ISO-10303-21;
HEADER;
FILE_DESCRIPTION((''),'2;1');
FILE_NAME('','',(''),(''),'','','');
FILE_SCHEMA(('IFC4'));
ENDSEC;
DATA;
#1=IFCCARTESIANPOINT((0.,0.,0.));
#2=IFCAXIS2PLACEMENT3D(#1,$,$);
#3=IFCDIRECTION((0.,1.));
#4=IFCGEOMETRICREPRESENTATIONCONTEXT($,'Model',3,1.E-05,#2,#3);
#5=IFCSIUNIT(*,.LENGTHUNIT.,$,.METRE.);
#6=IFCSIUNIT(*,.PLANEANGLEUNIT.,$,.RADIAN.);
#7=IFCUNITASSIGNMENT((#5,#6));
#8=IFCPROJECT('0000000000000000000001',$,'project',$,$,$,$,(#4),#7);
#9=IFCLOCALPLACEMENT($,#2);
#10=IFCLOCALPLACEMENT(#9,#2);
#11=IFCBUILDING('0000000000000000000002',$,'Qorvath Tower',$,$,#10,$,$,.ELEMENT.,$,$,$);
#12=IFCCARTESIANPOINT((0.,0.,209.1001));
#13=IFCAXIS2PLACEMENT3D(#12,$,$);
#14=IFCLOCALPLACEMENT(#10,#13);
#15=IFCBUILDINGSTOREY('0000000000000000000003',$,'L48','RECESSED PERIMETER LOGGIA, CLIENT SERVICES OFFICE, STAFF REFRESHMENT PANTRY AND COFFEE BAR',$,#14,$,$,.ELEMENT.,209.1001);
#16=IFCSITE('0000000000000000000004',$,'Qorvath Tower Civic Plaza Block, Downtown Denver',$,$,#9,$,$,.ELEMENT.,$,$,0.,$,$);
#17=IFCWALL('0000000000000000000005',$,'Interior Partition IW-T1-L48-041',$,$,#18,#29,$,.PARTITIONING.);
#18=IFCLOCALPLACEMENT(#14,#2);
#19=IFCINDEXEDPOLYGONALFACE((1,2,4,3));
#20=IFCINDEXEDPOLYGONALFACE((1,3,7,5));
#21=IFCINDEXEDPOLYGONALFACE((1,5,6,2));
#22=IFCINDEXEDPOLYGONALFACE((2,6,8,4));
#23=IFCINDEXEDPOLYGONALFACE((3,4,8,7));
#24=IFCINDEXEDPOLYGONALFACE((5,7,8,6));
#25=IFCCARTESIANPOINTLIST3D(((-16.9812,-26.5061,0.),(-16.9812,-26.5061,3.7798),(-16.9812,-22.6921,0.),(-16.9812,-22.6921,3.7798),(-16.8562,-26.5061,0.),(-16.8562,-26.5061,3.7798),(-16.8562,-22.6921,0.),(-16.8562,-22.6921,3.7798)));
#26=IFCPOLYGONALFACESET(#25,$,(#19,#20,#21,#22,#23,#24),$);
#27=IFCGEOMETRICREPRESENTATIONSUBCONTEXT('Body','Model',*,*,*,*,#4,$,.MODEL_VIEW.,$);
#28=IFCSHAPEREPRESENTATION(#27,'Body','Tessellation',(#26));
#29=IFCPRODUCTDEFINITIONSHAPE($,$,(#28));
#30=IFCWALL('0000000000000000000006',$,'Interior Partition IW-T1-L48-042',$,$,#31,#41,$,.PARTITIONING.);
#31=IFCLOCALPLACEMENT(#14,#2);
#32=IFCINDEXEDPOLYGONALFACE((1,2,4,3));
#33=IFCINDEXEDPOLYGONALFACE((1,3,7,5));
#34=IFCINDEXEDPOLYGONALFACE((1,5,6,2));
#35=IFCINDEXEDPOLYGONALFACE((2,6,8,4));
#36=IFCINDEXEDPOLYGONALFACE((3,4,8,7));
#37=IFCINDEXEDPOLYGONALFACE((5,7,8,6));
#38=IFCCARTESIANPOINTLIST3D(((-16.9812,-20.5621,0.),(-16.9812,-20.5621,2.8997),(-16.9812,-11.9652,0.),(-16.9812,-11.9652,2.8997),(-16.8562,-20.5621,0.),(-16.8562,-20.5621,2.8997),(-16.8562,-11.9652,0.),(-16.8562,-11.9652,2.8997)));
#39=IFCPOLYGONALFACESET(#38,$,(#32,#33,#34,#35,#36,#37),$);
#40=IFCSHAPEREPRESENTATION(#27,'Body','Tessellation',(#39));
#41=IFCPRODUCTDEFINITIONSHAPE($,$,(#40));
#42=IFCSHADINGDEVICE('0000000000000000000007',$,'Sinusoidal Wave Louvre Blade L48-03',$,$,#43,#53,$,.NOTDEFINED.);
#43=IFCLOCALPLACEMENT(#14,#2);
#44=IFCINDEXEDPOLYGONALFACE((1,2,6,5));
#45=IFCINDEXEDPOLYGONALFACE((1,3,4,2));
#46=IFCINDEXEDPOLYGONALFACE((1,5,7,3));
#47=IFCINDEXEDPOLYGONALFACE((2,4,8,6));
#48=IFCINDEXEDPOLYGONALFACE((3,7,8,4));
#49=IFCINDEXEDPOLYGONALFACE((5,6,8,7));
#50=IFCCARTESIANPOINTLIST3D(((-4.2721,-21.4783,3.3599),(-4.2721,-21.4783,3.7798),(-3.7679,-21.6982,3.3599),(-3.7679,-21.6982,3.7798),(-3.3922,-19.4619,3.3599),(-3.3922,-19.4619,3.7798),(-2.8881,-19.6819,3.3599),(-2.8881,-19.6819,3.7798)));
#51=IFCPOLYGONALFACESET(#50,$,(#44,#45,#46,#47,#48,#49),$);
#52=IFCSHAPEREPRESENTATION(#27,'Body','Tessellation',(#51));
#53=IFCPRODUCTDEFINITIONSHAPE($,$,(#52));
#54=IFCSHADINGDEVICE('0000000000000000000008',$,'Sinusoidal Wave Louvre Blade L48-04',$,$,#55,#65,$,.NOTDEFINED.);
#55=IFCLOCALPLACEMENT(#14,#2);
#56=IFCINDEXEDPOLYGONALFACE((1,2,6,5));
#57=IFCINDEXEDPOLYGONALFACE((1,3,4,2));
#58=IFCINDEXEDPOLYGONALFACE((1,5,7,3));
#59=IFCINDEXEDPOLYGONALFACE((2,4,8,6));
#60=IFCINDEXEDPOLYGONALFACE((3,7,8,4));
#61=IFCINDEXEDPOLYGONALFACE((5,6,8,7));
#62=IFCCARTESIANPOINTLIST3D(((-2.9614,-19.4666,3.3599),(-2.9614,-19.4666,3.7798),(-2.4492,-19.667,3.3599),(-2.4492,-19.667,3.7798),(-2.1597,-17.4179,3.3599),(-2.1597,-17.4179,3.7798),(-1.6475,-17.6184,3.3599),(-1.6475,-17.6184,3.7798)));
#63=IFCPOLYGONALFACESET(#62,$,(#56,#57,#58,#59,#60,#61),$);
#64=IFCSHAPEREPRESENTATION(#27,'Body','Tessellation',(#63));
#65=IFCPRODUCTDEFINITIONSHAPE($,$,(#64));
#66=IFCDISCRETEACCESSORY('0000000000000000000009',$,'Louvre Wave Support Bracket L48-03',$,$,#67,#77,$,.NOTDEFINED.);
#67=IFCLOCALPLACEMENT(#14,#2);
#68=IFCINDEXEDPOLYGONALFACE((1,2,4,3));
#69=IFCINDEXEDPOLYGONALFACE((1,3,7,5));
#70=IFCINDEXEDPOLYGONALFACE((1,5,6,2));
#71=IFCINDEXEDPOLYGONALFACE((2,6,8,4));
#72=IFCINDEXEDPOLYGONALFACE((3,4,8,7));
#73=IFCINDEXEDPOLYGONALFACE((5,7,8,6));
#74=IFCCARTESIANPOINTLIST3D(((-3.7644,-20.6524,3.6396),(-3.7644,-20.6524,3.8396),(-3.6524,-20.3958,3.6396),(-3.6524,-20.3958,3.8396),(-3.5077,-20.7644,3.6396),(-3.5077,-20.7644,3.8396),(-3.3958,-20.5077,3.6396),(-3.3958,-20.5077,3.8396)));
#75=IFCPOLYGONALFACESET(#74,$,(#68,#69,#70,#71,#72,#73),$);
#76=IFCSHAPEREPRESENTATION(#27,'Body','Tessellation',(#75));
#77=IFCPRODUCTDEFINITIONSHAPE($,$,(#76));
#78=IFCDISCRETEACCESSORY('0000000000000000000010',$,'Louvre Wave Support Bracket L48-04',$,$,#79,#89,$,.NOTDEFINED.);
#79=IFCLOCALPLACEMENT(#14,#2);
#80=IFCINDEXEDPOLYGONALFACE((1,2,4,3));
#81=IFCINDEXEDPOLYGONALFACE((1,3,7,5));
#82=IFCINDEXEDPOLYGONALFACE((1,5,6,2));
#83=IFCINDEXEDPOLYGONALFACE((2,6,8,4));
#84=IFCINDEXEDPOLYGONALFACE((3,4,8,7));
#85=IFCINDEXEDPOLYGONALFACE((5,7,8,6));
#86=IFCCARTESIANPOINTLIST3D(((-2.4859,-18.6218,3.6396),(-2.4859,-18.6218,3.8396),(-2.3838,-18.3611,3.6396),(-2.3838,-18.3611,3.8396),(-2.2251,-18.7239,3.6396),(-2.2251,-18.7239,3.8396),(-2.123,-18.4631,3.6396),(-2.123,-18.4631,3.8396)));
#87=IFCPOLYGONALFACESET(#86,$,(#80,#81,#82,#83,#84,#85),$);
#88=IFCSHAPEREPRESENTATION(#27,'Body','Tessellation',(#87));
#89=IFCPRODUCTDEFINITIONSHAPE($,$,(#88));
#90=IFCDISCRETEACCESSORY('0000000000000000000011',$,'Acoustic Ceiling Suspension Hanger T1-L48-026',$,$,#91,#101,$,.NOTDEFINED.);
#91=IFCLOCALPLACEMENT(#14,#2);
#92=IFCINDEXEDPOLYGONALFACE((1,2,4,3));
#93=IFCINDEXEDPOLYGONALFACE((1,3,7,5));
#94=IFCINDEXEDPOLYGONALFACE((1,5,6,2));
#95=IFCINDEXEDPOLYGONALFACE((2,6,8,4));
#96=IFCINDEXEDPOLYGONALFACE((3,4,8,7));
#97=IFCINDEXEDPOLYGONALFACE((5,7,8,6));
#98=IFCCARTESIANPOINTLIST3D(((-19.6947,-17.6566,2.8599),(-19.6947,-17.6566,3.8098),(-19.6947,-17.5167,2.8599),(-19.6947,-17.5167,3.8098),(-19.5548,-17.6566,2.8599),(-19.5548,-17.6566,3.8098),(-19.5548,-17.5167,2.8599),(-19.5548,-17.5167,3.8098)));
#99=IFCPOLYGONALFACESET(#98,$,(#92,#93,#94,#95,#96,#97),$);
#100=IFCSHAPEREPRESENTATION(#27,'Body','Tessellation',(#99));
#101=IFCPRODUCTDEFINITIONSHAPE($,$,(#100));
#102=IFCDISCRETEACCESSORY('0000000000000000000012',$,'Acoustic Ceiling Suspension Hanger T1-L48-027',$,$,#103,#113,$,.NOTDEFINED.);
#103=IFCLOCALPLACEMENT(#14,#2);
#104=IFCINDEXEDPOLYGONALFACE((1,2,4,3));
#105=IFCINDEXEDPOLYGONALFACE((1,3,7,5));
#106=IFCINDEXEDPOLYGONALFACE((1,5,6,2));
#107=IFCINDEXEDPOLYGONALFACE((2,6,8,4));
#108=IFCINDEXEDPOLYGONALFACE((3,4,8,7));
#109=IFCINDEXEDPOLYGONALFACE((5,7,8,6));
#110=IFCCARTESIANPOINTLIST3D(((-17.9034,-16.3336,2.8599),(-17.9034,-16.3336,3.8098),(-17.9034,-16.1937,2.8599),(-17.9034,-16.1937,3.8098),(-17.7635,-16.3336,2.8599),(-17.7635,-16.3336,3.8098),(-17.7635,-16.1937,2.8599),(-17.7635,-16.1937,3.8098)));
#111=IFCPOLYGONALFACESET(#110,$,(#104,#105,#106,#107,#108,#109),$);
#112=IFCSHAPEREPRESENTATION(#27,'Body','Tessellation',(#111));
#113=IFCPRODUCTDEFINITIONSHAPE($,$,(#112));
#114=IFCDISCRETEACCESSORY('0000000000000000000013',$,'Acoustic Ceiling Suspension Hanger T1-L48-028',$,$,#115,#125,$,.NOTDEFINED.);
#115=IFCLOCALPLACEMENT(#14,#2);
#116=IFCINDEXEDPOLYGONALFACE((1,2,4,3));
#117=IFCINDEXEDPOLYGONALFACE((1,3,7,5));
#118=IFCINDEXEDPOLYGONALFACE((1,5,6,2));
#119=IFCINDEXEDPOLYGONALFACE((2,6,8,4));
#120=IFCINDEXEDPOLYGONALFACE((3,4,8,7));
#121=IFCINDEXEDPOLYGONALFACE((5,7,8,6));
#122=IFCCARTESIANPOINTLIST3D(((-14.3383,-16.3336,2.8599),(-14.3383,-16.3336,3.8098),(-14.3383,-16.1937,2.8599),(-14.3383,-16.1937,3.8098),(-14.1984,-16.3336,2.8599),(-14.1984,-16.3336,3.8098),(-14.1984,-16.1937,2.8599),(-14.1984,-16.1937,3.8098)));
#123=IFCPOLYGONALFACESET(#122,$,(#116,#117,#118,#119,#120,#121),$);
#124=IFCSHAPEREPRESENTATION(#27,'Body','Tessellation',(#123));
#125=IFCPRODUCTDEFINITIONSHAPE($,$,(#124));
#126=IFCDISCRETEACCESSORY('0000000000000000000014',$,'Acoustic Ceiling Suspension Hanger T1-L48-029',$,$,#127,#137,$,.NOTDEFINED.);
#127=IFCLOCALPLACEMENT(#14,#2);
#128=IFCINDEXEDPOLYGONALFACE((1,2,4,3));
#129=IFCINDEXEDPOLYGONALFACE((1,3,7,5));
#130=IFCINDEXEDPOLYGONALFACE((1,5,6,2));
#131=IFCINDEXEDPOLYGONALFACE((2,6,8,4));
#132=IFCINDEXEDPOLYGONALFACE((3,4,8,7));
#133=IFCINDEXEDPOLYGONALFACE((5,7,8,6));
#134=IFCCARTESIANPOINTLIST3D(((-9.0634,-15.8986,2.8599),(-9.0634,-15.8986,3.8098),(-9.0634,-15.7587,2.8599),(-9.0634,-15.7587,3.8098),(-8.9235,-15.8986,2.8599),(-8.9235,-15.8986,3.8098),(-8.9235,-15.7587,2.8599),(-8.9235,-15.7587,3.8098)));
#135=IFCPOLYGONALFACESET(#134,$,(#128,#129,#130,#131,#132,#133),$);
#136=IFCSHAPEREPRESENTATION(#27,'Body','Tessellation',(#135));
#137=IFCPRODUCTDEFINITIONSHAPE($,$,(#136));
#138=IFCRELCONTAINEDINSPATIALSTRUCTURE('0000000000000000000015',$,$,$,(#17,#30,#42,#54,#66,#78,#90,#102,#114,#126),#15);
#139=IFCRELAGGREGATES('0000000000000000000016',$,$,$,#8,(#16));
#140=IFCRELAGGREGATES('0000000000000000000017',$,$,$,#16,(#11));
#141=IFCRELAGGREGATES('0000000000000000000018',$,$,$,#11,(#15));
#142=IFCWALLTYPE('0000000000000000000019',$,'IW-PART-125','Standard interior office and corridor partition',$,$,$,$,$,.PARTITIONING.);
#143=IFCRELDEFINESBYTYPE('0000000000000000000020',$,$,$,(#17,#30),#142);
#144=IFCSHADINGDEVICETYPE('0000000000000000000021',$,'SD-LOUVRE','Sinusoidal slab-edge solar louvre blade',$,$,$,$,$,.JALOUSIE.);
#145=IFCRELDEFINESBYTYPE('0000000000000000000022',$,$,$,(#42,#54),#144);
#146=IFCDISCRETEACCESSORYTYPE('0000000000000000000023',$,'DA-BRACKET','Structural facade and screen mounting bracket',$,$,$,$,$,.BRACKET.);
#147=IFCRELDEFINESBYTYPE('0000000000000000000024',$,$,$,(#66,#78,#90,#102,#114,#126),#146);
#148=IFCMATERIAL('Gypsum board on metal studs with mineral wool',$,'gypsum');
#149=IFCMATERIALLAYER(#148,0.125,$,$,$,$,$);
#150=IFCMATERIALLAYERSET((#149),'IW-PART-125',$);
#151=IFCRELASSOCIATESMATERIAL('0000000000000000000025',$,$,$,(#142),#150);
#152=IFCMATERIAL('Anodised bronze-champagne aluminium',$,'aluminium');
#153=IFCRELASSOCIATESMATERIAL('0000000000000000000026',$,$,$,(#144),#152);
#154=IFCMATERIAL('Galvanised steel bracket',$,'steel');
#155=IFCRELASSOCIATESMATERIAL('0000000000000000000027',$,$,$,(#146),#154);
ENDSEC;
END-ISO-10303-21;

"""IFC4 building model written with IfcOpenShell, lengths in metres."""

from ifc_helpers import new_model, si_unit, direction, frame, frame_2d, origin, origin_2d, place, context, subcontext, project, spatial, rectangle, extrude, material, layer, layer_set, type_object, element, save


model = new_model("IFC4")

# Units and contexts
model_context = context("Model", 3, precision=1e-05, world=origin(), true_north=direction((0.0, 1.0)))
body_context = subcontext(model_context, "Body", "Model", "MODEL_VIEW")
ifc_project = project(units=[si_unit("LENGTHUNIT", "METRE"), si_unit("PLANEANGLEUNIT", "RADIAN")], contexts=[model_context])

# Site, building, storey
site_placement = place(None, origin())
site = spatial("IfcSite", under=ifc_project, at=site_placement, Name="Qorvath Tower Civic Plaza Block, Downtown Denver", CompositionType="ELEMENT", RefElevation=0.0)
building_placement = place(site_placement, origin())
building = spatial("IfcBuilding", under=site, at=building_placement, Name="Qorvath Tower", CompositionType="ELEMENT")
storey_placement = place(building_placement, frame((0.0, 0.0, 209.1001)))
storey = spatial("IfcBuildingStorey", under=building, at=storey_placement, Name="L48", Description="RECESSED PERIMETER LOGGIA, CLIENT SERVICES OFFICE, STAFF REFRESHMENT PANTRY AND COFFEE BAR", CompositionType="ELEMENT", Elevation=209.1001)

# Walls
ifc_material_1 = material(Name="Gypsum board on metal studs with mineral wool", Category="gypsum")
ifc_layer_1 = layer(ifc_material_1, 0.125)
ifc_layer_set_1 = layer_set([ifc_layer_1], Name="IW-PART-125")
wall_type = type_object("IfcWallType", Name="IW-PART-125", Description="Standard interior office and corridor partition", PredefinedType="PARTITIONING", material=ifc_layer_set_1)
wall_1_placement = place(storey_placement, frame((-16.9187, -26.5061, 0.0), z_axis=(0.0, 0.0, 1.0), x_axis=(0.0, 1.0, 0.0)))
element("IfcWall", 1, at=wall_1_placement, inside=storey, type_object=wall_type, Name="Interior Partition IW-T1-L48-041", PredefinedType="PARTITIONING", context=body_context, shape_type="SweptSolid", body=[
    extrude(rectangle(XDim=3.814, YDim=0.125, at=frame_2d((1.907, 0.0))), origin(), (0.0, 0.0, 1.0), 3.7798),
])
wall_2_placement = place(storey_placement, frame((-16.9187, -20.562, 0.0), z_axis=(0.0, 0.0, 1.0), x_axis=(0.0, 1.0, 0.0)))
element("IfcWall", 2, at=wall_2_placement, inside=storey, type_object=wall_type, Name="Interior Partition IW-T1-L48-042", PredefinedType="PARTITIONING", context=body_context, shape_type="SweptSolid", body=[
    extrude(rectangle(XDim=8.5969, YDim=0.125, at=frame_2d((4.2983, 0.0))), origin(), (0.0, 0.0, 1.0), 2.8997),
])

# Shading devices
ifc_material_2 = material(Name="Anodised bronze-champagne aluminium", Category="aluminium")
shading_device_type = type_object("IfcShadingDeviceType", Name="SD-LOUVRE", Description="Sinusoidal slab-edge solar louvre blade", PredefinedType="JALOUSIE", material=ifc_material_2)
for number, where, z_axis, x_axis, name in (
    (3, (-3.5801, -20.5801, 3.3599), (0.0, 0.0, 1.0), (0.399928, 0.916546, 0.0), "Sinusoidal Wave Louvre Blade L48-03"),
    (4, (-2.3044, -18.5425, 3.3599), (0.0, 0.0, 1.0), (0.364431, 0.93123, 0.0), "Sinusoidal Wave Louvre Blade L48-04"),
):
    element("IfcShadingDevice", number, at=place(storey_placement, frame(where, z_axis=z_axis, x_axis=x_axis)), inside=storey, type_object=shading_device_type, Name=name, PredefinedType="NOTDEFINED", context=body_context, shape_type="SweptSolid", body=[
        extrude(rectangle(XDim=2.2, YDim=0.55, at=origin_2d()), origin(), (0.0, 0.0, 1.0), 0.4199),
    ])

# Discrete accessories
ifc_material_3 = material(Name="Galvanised steel bracket", Category="steel")
discrete_accessory_type = type_object("IfcDiscreteAccessoryType", Name="DA-BRACKET", Description="Structural facade and screen mounting bracket", PredefinedType="BRACKET", material=ifc_material_3)
for number, where, z_axis, x_axis, name in (
    (5, (-3.5801, -20.5801, 3.6396), (0.0, 0.0, 1.0), (0.399928, 0.916546, 0.0), "Louvre Wave Support Bracket L48-03"),
    (6, (-2.3044, -18.5425, 3.6396), (0.0, 0.0, 1.0), (0.364431, 0.93123, 0.0), "Louvre Wave Support Bracket L48-04"),
):
    element("IfcDiscreteAccessory", number, at=place(storey_placement, frame(where, z_axis=z_axis, x_axis=x_axis)), inside=storey, type_object=discrete_accessory_type, Name=name, PredefinedType="NOTDEFINED", context=body_context, shape_type="SweptSolid", body=[
        extrude(rectangle(XDim=0.28, YDim=0.28, at=origin_2d()), origin(), (0.0, 0.0, 1.0), 0.2),
    ])
for number, where, z_axis, x_axis, name in (
    (7, (-19.6248, -17.5867, 2.8599), (0.0, 0.0, 1.0), (1.0, 0.0, 0.0), "Acoustic Ceiling Suspension Hanger T1-L48-026"),
    (8, (-17.8335, -16.2637, 2.8599), (0.0, 0.0, 1.0), (1.0, 0.0, 0.0), "Acoustic Ceiling Suspension Hanger T1-L48-027"),
    (9, (-14.2683, -16.2637, 2.8599), (0.0, 0.0, 1.0), (1.0, 0.0, 0.0), "Acoustic Ceiling Suspension Hanger T1-L48-028"),
    (10, (-8.9934, -15.8286, 2.8599), (0.0, 0.0, 1.0), (1.0, 0.0, 0.0), "Acoustic Ceiling Suspension Hanger T1-L48-029"),
):
    element("IfcDiscreteAccessory", number, at=place(storey_placement, frame(where, z_axis=z_axis, x_axis=x_axis)), inside=storey, type_object=discrete_accessory_type, Name=name, PredefinedType="NOTDEFINED", context=body_context, shape_type="SweptSolid", body=[
        extrude(rectangle(XDim=0.1399, YDim=0.1399, at=origin_2d()), origin(), (0.0, 0.0, 1.0), 0.95),
    ])

save(model, "model.ifc")
